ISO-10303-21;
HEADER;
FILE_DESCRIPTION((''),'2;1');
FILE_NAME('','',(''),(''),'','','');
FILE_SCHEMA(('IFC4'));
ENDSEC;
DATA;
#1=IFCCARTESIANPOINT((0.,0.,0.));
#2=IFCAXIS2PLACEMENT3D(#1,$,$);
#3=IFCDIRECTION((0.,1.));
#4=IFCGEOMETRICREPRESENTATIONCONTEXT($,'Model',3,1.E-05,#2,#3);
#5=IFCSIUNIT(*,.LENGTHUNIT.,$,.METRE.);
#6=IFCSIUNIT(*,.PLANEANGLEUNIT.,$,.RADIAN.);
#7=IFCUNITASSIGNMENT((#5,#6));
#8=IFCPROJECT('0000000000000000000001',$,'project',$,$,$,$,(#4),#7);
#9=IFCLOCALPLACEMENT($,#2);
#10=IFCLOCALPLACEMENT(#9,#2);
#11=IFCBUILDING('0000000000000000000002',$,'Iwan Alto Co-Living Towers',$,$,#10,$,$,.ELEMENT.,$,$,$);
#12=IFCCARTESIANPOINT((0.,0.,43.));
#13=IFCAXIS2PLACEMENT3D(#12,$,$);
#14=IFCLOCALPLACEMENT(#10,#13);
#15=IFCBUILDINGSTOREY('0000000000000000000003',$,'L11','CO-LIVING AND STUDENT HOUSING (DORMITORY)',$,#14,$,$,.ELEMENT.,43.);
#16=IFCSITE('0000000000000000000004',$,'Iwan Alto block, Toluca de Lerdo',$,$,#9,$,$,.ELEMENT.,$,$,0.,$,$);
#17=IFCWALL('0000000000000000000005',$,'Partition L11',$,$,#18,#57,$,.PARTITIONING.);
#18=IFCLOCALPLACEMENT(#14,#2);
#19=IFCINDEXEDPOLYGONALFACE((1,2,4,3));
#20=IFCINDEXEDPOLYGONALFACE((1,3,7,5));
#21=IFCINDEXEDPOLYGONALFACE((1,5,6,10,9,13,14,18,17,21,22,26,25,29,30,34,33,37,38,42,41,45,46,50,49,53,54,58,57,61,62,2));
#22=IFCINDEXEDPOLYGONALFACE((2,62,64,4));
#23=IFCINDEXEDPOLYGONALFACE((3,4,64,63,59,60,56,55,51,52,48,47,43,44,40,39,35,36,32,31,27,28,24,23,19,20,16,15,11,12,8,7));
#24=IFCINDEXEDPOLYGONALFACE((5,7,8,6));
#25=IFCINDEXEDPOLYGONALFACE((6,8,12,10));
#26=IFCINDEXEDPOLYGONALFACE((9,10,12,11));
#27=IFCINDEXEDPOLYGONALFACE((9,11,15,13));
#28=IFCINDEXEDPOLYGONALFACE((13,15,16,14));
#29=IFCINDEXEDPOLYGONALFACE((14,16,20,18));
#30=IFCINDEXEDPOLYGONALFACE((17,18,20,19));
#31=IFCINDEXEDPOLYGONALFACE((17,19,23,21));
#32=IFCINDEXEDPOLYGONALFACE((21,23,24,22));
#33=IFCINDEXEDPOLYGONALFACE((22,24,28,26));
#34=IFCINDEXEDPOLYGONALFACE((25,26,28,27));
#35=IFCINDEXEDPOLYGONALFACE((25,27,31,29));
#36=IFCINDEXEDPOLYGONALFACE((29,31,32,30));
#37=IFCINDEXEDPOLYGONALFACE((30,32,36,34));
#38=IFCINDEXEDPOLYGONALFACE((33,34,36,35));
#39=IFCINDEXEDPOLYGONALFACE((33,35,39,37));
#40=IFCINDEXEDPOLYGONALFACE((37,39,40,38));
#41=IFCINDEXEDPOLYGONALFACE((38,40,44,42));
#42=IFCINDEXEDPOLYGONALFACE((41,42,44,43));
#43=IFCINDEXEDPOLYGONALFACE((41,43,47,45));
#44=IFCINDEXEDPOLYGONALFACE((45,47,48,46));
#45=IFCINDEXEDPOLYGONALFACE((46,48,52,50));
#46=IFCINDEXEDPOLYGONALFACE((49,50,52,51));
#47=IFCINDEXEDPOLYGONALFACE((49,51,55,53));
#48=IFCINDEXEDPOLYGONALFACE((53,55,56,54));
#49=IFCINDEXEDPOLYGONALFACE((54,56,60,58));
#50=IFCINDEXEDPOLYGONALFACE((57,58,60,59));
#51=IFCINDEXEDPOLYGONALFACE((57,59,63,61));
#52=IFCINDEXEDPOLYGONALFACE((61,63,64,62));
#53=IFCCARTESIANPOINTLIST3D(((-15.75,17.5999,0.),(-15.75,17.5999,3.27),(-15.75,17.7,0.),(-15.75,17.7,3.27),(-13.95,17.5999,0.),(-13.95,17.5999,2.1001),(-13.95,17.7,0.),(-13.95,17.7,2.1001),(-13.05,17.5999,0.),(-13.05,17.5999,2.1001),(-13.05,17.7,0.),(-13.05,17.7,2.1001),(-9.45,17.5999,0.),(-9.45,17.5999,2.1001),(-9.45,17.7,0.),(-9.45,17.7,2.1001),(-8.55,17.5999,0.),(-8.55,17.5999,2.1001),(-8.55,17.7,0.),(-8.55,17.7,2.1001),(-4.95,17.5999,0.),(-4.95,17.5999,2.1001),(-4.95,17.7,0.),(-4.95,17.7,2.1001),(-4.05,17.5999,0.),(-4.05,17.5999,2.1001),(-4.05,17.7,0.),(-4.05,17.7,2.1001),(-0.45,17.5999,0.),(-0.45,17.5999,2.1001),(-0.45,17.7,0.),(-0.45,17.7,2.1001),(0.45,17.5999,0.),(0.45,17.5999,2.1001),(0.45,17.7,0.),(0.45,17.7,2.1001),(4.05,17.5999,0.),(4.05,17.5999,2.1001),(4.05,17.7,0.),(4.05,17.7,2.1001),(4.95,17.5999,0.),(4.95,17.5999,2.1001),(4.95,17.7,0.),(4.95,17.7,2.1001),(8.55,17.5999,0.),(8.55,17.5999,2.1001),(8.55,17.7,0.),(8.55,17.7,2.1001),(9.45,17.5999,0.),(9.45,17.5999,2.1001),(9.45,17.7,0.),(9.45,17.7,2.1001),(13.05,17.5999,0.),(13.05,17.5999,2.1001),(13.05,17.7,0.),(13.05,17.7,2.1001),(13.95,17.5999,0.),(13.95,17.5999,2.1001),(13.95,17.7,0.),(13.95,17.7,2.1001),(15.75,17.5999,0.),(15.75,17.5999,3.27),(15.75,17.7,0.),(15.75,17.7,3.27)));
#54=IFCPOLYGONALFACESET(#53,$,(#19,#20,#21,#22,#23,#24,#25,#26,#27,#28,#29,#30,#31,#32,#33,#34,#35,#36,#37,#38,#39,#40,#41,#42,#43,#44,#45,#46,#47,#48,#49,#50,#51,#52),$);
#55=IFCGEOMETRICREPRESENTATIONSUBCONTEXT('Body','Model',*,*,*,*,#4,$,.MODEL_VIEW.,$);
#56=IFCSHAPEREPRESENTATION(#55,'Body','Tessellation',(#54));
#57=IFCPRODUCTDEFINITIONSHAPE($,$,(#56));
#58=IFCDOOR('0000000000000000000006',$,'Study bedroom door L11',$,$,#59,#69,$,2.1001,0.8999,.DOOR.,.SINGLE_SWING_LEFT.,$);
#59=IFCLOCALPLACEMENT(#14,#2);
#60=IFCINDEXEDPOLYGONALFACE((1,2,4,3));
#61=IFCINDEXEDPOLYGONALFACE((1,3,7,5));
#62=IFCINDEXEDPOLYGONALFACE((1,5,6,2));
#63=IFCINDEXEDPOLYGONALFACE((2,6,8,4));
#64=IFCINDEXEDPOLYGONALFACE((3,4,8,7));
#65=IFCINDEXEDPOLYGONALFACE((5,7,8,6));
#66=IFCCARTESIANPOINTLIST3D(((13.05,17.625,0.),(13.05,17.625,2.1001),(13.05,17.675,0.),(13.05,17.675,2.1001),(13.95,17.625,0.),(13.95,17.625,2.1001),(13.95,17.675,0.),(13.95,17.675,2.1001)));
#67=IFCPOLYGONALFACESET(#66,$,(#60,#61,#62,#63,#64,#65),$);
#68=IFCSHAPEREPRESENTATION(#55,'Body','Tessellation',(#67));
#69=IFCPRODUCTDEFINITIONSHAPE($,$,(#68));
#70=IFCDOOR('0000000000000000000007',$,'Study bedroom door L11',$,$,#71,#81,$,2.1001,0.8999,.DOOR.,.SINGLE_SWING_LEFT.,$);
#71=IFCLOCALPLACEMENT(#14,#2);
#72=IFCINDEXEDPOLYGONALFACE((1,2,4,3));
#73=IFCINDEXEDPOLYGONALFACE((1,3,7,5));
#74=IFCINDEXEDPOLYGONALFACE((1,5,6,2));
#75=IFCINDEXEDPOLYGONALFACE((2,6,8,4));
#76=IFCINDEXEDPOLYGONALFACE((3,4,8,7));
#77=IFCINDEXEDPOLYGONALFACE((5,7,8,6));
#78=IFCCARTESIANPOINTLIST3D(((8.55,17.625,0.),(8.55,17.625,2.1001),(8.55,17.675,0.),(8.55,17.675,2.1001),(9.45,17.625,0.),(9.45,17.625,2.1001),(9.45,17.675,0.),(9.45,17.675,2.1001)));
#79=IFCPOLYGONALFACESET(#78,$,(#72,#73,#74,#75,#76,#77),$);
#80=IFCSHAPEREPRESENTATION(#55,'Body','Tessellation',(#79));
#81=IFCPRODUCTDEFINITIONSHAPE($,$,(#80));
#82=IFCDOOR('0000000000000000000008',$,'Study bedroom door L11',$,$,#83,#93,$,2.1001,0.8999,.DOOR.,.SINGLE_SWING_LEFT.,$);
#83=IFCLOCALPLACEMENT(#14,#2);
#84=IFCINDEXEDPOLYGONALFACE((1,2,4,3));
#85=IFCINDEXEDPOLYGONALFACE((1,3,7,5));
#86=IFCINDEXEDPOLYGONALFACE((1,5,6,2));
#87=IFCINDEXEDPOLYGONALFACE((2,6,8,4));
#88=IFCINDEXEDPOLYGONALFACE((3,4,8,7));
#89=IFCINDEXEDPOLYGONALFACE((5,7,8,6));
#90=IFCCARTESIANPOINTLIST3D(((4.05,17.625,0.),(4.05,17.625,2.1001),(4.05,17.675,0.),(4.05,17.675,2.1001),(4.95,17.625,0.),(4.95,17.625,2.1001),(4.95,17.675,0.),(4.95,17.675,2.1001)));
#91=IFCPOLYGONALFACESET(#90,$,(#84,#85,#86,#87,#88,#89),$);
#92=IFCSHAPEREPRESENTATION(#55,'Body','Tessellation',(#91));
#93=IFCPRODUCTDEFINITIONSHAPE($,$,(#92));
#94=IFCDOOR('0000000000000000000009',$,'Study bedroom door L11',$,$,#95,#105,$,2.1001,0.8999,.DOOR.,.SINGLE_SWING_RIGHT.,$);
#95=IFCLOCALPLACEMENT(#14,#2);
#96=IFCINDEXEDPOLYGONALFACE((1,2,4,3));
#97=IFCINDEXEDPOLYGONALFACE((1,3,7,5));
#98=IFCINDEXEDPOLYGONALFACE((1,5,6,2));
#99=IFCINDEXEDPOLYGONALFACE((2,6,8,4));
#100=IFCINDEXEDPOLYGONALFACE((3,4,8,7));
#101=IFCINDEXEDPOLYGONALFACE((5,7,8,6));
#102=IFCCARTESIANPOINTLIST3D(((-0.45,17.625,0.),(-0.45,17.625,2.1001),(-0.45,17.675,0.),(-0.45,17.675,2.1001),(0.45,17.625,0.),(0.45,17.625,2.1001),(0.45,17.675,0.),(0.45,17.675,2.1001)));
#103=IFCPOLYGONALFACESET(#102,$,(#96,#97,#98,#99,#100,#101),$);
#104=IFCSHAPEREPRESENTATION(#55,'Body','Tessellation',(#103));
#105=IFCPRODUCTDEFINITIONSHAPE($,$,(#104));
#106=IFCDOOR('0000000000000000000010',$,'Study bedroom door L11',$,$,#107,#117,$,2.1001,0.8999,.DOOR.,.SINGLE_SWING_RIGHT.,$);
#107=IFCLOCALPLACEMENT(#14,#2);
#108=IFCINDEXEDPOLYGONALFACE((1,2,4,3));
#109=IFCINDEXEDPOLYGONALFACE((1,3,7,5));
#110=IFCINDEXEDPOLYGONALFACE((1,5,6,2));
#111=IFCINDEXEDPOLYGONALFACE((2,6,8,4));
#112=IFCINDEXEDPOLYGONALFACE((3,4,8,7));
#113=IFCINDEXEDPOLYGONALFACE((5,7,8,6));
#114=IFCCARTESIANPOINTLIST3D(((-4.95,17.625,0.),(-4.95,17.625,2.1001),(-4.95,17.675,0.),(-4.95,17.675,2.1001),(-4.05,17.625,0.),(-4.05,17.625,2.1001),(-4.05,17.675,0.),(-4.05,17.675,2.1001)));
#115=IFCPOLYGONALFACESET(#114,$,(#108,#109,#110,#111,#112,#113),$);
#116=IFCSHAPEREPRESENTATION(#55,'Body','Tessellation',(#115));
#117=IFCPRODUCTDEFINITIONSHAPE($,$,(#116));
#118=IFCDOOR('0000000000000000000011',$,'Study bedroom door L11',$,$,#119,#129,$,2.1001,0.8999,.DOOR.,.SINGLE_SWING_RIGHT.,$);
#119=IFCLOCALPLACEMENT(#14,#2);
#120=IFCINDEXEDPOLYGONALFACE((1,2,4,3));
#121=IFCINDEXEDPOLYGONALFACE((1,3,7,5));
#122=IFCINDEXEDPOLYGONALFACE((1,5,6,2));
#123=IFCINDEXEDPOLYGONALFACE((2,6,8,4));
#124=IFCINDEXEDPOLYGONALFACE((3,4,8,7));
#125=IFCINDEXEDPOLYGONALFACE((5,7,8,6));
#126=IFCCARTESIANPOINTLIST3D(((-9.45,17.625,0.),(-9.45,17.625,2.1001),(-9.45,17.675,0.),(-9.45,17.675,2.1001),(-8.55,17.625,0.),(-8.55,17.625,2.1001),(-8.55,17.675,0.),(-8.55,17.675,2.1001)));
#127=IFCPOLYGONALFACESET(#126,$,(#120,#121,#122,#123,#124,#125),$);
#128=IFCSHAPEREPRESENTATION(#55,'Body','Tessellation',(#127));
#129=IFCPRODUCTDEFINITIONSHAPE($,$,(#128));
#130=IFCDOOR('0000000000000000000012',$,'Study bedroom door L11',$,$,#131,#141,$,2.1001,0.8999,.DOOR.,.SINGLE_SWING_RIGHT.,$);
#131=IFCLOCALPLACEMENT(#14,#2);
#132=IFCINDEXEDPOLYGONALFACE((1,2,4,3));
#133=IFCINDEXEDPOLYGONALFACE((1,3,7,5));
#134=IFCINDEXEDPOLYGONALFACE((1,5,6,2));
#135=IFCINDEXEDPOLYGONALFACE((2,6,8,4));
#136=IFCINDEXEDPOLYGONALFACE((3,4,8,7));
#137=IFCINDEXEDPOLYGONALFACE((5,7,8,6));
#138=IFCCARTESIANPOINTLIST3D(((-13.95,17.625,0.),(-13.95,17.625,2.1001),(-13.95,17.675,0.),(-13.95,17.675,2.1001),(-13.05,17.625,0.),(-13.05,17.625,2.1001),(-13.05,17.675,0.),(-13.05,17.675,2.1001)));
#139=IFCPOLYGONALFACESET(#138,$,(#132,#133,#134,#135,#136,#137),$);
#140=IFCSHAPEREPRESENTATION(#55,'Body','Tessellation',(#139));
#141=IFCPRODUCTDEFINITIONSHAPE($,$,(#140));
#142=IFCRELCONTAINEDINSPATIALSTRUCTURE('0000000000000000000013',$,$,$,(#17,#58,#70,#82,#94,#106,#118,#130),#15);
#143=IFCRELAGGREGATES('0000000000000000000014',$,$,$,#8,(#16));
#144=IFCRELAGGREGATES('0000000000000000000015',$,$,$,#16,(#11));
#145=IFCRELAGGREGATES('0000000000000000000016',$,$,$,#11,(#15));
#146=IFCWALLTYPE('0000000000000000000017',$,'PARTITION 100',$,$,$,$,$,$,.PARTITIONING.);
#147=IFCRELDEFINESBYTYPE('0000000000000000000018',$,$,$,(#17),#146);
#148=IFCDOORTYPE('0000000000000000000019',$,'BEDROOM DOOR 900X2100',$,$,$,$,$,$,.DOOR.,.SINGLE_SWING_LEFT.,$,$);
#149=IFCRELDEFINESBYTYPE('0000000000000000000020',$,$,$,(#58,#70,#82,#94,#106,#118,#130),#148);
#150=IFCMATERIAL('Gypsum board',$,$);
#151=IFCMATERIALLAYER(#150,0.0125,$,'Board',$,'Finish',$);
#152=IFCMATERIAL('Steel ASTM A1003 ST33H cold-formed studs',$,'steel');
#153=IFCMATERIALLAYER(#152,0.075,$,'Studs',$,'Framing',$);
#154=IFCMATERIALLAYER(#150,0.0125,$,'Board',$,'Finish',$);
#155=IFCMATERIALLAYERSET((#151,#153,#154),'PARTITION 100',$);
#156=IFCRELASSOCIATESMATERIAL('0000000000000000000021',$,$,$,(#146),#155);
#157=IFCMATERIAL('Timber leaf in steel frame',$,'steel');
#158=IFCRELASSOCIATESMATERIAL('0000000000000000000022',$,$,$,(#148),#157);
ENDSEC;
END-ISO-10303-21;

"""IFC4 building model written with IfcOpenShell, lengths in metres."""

from ifc_helpers import new_model, si_unit, direction, frame, frame_2d, origin, place, context, subcontext, project, spatial, rectangle, extrude, material, layer, layer_set, type_object, element, fill, save


model = new_model("IFC4")

# Units and contexts
model_context = context("Model", 3, precision=1e-05, world=origin(), true_north=direction((0.0, 1.0)))
body_context = subcontext(model_context, "Body", "Model", "MODEL_VIEW")
ifc_project = project(units=[si_unit("LENGTHUNIT", "METRE"), si_unit("PLANEANGLEUNIT", "RADIAN")], contexts=[model_context])

# Site, building, storey
site_placement = place(None, origin())
site = spatial("IfcSite", under=ifc_project, at=site_placement, Name="Iwan Alto block, Toluca de Lerdo", CompositionType="ELEMENT", RefElevation=0.0)
building_placement = place(site_placement, origin())
building = spatial("IfcBuilding", under=site, at=building_placement, Name="Iwan Alto Co-Living Towers", CompositionType="ELEMENT")
storey_placement = place(building_placement, frame((0.0, 0.0, 43.0)))
storey = spatial("IfcBuildingStorey", under=building, at=storey_placement, Name="L11", Description="CO-LIVING AND STUDENT HOUSING (DORMITORY)", CompositionType="ELEMENT", Elevation=43.0)

# Wall, openings, doors
ifc_material_1 = material(Name="Gypsum board")
ifc_layer_1 = layer(ifc_material_1, 0.0125, Name="Board", Category="Finish")
ifc_material_2 = material(Name="Steel ASTM A1003 ST33H cold-formed studs", Category="steel")
ifc_layer_2 = layer(ifc_material_2, 0.075, Name="Studs", Category="Framing")
ifc_layer_3 = layer(ifc_material_1, 0.0125, Name="Board", Category="Finish")
ifc_layer_set_1 = layer_set([ifc_layer_1, ifc_layer_2, ifc_layer_3], Name="PARTITION 100")
wall_type_1 = type_object("IfcWallType", Name="PARTITION 100", PredefinedType="PARTITIONING", material=ifc_layer_set_1)
wall_1_placement = place(storey_placement, frame((-15.75, 17.6499, 0.0), z_axis=(0.0, 0.0, 1.0), x_axis=(1.0, 0.0, 0.0)))
wall_1 = element("IfcWall", 1, at=wall_1_placement, inside=storey, type_object=wall_type_1, Name="Partition L11", PredefinedType="PARTITIONING", context=body_context, shape_type="SweptSolid", body=[
    extrude(rectangle(XDim=31.5, YDim=0.1001, at=frame_2d((15.75, 0.0))), origin(), (0.0, 0.0, 1.0), 3.27),
])
opening_1_placement = place(wall_1_placement, frame((28.8, 0.0, 0.0)))
opening_1 = element("IfcOpeningElement", 2, at=opening_1_placement, cuts=wall_1, PredefinedType="OPENING", context=body_context, shape_type="SweptSolid", body=[
    extrude(rectangle(XDim=0.8999, YDim=2.1001, at=frame_2d((0.45, 1.05))), frame((0.0, 0.0601, 0.0), z_axis=(0.0, -1.0, 0.0), x_axis=(1.0, 0.0, 0.0)), (0.0, 0.0, 1.0), 0.1201),
])
opening_2_placement = place(wall_1_placement, frame((24.3, 0.0, 0.0)))
opening_2 = element("IfcOpeningElement", 3, at=opening_2_placement, cuts=wall_1, PredefinedType="OPENING", context=body_context, shape_type="SweptSolid", body=[
    extrude(rectangle(XDim=0.8999, YDim=2.1001, at=frame_2d((0.45, 1.05))), frame((0.0, 0.0601, 0.0), z_axis=(0.0, -1.0, 0.0), x_axis=(1.0, 0.0, 0.0)), (0.0, 0.0, 1.0), 0.1201),
])
opening_3_placement = place(wall_1_placement, frame((19.8, 0.0, 0.0)))
opening_3 = element("IfcOpeningElement", 4, at=opening_3_placement, cuts=wall_1, PredefinedType="OPENING", context=body_context, shape_type="SweptSolid", body=[
    extrude(rectangle(XDim=0.8999, YDim=2.1001, at=frame_2d((0.45, 1.05))), frame((0.0, 0.0601, 0.0), z_axis=(0.0, -1.0, 0.0), x_axis=(1.0, 0.0, 0.0)), (0.0, 0.0, 1.0), 0.1201),
])
opening_4_placement = place(wall_1_placement, frame((15.3, 0.0, 0.0)))
opening_4 = element("IfcOpeningElement", 5, at=opening_4_placement, cuts=wall_1, PredefinedType="OPENING", context=body_context, shape_type="SweptSolid", body=[
    extrude(rectangle(XDim=0.8999, YDim=2.1001, at=frame_2d((0.45, 1.05))), frame((0.0, 0.0601, 0.0), z_axis=(0.0, -1.0, 0.0), x_axis=(1.0, 0.0, 0.0)), (0.0, 0.0, 1.0), 0.1201),
])
opening_5_placement = place(wall_1_placement, frame((10.8, 0.0, 0.0)))
opening_5 = element("IfcOpeningElement", 6, at=opening_5_placement, cuts=wall_1, PredefinedType="OPENING", context=body_context, shape_type="SweptSolid", body=[
    extrude(rectangle(XDim=0.8999, YDim=2.1001, at=frame_2d((0.45, 1.05))), frame((0.0, 0.0601, 0.0), z_axis=(0.0, -1.0, 0.0), x_axis=(1.0, 0.0, 0.0)), (0.0, 0.0, 1.0), 0.1201),
])
opening_6_placement = place(wall_1_placement, frame((6.3, 0.0, 0.0)))
opening_6 = element("IfcOpeningElement", 7, at=opening_6_placement, cuts=wall_1, PredefinedType="OPENING", context=body_context, shape_type="SweptSolid", body=[
    extrude(rectangle(XDim=0.8999, YDim=2.1001, at=frame_2d((0.45, 1.05))), frame((0.0, 0.0601, 0.0), z_axis=(0.0, -1.0, 0.0), x_axis=(1.0, 0.0, 0.0)), (0.0, 0.0, 1.0), 0.1201),
])
opening_7_placement = place(wall_1_placement, frame((1.8, 0.0, 0.0)))
opening_7 = element("IfcOpeningElement", 8, at=opening_7_placement, cuts=wall_1, PredefinedType="OPENING", context=body_context, shape_type="SweptSolid", body=[
    extrude(rectangle(XDim=0.8999, YDim=2.1001, at=frame_2d((0.45, 1.05))), frame((0.0, 0.0601, 0.0), z_axis=(0.0, -1.0, 0.0), x_axis=(1.0, 0.0, 0.0)), (0.0, 0.0, 1.0), 0.1201),
])
ifc_material_3 = material(Name="Timber leaf in steel frame", Category="steel")
door_type_1 = type_object("IfcDoorType", Name="BEDROOM DOOR 900X2100", OperationType="SINGLE_SWING_LEFT", PredefinedType="DOOR", material=ifc_material_3)
door_1_placement = place(opening_1_placement, frame((0.8999, 0.0, 0.0), z_axis=(0.0, 0.0, 1.0), x_axis=(-1.0, 0.0, 0.0)))
door_1 = element("IfcDoor", 9, at=door_1_placement, inside=storey, type_object=door_type_1, Name="Study bedroom door L11", OperationType="SINGLE_SWING_LEFT", OverallHeight=2.1001, OverallWidth=0.8999, PredefinedType="DOOR", context=body_context, shape_type="SweptSolid", body=[
    extrude(rectangle(XDim=0.8999, YDim=2.1001, at=frame_2d((0.45, 1.05))), frame((0.0, 0.0249, 0.0), z_axis=(0.0, -1.0, 0.0), x_axis=(1.0, 0.0, 0.0)), (0.0, 0.0, 1.0), 0.05),
])
fill(opening_1, door_1)
door_2_placement = place(opening_2_placement, frame((0.8999, 0.0, 0.0), z_axis=(0.0, 0.0, 1.0), x_axis=(-1.0, 0.0, 0.0)))
door_2 = element("IfcDoor", 10, at=door_2_placement, inside=storey, type_object=door_type_1, Name="Study bedroom door L11", OperationType="SINGLE_SWING_LEFT", OverallHeight=2.1001, OverallWidth=0.8999, PredefinedType="DOOR", context=body_context, shape_type="SweptSolid", body=[
    extrude(rectangle(XDim=0.8999, YDim=2.1001, at=frame_2d((0.45, 1.05))), frame((0.0, 0.0249, 0.0), z_axis=(0.0, -1.0, 0.0), x_axis=(1.0, 0.0, 0.0)), (0.0, 0.0, 1.0), 0.05),
])
fill(opening_2, door_2)
door_3_placement = place(opening_3_placement, frame((0.8999, 0.0, 0.0), z_axis=(0.0, 0.0, 1.0), x_axis=(-1.0, 0.0, 0.0)))
door_3 = element("IfcDoor", 11, at=door_3_placement, inside=storey, type_object=door_type_1, Name="Study bedroom door L11", OperationType="SINGLE_SWING_LEFT", OverallHeight=2.1001, OverallWidth=0.8999, PredefinedType="DOOR", context=body_context, shape_type="SweptSolid", body=[
    extrude(rectangle(XDim=0.8999, YDim=2.1001, at=frame_2d((0.45, 1.05))), frame((0.0, 0.0249, 0.0), z_axis=(0.0, -1.0, 0.0), x_axis=(1.0, 0.0, 0.0)), (0.0, 0.0, 1.0), 0.05),
])
fill(opening_3, door_3)
door_4_placement = place(opening_4_placement, frame((0.8999, 0.0, 0.0), z_axis=(0.0, 0.0, 1.0), x_axis=(-1.0, 0.0, 0.0)))
door_4 = element("IfcDoor", 12, at=door_4_placement, inside=storey, type_object=door_type_1, Name="Study bedroom door L11", OperationType="SINGLE_SWING_RIGHT", OverallHeight=2.1001, OverallWidth=0.8999, PredefinedType="DOOR", context=body_context, shape_type="SweptSolid", body=[
    extrude(rectangle(XDim=0.8999, YDim=2.1001, at=frame_2d((0.45, 1.05))), frame((0.0, 0.0249, 0.0), z_axis=(0.0, -1.0, 0.0), x_axis=(1.0, 0.0, 0.0)), (0.0, 0.0, 1.0), 0.05),
])
fill(opening_4, door_4)
door_5_placement = place(opening_5_placement, frame((0.8999, 0.0, 0.0), z_axis=(0.0, 0.0, 1.0), x_axis=(-1.0, 0.0, 0.0)))
door_5 = element("IfcDoor", 13, at=door_5_placement, inside=storey, type_object=door_type_1, Name="Study bedroom door L11", OperationType="SINGLE_SWING_RIGHT", OverallHeight=2.1001, OverallWidth=0.8999, PredefinedType="DOOR", context=body_context, shape_type="SweptSolid", body=[
    extrude(rectangle(XDim=0.8999, YDim=2.1001, at=frame_2d((0.45, 1.05))), frame((0.0, 0.0249, 0.0), z_axis=(0.0, -1.0, 0.0), x_axis=(1.0, 0.0, 0.0)), (0.0, 0.0, 1.0), 0.05),
])
fill(opening_5, door_5)
door_6_placement = place(opening_6_placement, frame((0.8999, 0.0, 0.0), z_axis=(0.0, 0.0, 1.0), x_axis=(-1.0, 0.0, 0.0)))
door_6 = element("IfcDoor", 14, at=door_6_placement, inside=storey, type_object=door_type_1, Name="Study bedroom door L11", OperationType="SINGLE_SWING_RIGHT", OverallHeight=2.1001, OverallWidth=0.8999, PredefinedType="DOOR", context=body_context, shape_type="SweptSolid", body=[
    extrude(rectangle(XDim=0.8999, YDim=2.1001, at=frame_2d((0.45, 1.05))), frame((0.0, 0.0249, 0.0), z_axis=(0.0, -1.0, 0.0), x_axis=(1.0, 0.0, 0.0)), (0.0, 0.0, 1.0), 0.05),
])
fill(opening_6, door_6)
door_7_placement = place(opening_7_placement, frame((0.8999, 0.0, 0.0), z_axis=(0.0, 0.0, 1.0), x_axis=(-1.0, 0.0, 0.0)))
door_7 = element("IfcDoor", 15, at=door_7_placement, inside=storey, type_object=door_type_1, Name="Study bedroom door L11", OperationType="SINGLE_SWING_RIGHT", OverallHeight=2.1001, OverallWidth=0.8999, PredefinedType="DOOR", context=body_context, shape_type="SweptSolid", body=[
    extrude(rectangle(XDim=0.8999, YDim=2.1001, at=frame_2d((0.45, 1.05))), frame((0.0, 0.0249, 0.0), z_axis=(0.0, -1.0, 0.0), x_axis=(1.0, 0.0, 0.0)), (0.0, 0.0, 1.0), 0.05),
])
fill(opening_7, door_7)

save(model, "model.ifc")
